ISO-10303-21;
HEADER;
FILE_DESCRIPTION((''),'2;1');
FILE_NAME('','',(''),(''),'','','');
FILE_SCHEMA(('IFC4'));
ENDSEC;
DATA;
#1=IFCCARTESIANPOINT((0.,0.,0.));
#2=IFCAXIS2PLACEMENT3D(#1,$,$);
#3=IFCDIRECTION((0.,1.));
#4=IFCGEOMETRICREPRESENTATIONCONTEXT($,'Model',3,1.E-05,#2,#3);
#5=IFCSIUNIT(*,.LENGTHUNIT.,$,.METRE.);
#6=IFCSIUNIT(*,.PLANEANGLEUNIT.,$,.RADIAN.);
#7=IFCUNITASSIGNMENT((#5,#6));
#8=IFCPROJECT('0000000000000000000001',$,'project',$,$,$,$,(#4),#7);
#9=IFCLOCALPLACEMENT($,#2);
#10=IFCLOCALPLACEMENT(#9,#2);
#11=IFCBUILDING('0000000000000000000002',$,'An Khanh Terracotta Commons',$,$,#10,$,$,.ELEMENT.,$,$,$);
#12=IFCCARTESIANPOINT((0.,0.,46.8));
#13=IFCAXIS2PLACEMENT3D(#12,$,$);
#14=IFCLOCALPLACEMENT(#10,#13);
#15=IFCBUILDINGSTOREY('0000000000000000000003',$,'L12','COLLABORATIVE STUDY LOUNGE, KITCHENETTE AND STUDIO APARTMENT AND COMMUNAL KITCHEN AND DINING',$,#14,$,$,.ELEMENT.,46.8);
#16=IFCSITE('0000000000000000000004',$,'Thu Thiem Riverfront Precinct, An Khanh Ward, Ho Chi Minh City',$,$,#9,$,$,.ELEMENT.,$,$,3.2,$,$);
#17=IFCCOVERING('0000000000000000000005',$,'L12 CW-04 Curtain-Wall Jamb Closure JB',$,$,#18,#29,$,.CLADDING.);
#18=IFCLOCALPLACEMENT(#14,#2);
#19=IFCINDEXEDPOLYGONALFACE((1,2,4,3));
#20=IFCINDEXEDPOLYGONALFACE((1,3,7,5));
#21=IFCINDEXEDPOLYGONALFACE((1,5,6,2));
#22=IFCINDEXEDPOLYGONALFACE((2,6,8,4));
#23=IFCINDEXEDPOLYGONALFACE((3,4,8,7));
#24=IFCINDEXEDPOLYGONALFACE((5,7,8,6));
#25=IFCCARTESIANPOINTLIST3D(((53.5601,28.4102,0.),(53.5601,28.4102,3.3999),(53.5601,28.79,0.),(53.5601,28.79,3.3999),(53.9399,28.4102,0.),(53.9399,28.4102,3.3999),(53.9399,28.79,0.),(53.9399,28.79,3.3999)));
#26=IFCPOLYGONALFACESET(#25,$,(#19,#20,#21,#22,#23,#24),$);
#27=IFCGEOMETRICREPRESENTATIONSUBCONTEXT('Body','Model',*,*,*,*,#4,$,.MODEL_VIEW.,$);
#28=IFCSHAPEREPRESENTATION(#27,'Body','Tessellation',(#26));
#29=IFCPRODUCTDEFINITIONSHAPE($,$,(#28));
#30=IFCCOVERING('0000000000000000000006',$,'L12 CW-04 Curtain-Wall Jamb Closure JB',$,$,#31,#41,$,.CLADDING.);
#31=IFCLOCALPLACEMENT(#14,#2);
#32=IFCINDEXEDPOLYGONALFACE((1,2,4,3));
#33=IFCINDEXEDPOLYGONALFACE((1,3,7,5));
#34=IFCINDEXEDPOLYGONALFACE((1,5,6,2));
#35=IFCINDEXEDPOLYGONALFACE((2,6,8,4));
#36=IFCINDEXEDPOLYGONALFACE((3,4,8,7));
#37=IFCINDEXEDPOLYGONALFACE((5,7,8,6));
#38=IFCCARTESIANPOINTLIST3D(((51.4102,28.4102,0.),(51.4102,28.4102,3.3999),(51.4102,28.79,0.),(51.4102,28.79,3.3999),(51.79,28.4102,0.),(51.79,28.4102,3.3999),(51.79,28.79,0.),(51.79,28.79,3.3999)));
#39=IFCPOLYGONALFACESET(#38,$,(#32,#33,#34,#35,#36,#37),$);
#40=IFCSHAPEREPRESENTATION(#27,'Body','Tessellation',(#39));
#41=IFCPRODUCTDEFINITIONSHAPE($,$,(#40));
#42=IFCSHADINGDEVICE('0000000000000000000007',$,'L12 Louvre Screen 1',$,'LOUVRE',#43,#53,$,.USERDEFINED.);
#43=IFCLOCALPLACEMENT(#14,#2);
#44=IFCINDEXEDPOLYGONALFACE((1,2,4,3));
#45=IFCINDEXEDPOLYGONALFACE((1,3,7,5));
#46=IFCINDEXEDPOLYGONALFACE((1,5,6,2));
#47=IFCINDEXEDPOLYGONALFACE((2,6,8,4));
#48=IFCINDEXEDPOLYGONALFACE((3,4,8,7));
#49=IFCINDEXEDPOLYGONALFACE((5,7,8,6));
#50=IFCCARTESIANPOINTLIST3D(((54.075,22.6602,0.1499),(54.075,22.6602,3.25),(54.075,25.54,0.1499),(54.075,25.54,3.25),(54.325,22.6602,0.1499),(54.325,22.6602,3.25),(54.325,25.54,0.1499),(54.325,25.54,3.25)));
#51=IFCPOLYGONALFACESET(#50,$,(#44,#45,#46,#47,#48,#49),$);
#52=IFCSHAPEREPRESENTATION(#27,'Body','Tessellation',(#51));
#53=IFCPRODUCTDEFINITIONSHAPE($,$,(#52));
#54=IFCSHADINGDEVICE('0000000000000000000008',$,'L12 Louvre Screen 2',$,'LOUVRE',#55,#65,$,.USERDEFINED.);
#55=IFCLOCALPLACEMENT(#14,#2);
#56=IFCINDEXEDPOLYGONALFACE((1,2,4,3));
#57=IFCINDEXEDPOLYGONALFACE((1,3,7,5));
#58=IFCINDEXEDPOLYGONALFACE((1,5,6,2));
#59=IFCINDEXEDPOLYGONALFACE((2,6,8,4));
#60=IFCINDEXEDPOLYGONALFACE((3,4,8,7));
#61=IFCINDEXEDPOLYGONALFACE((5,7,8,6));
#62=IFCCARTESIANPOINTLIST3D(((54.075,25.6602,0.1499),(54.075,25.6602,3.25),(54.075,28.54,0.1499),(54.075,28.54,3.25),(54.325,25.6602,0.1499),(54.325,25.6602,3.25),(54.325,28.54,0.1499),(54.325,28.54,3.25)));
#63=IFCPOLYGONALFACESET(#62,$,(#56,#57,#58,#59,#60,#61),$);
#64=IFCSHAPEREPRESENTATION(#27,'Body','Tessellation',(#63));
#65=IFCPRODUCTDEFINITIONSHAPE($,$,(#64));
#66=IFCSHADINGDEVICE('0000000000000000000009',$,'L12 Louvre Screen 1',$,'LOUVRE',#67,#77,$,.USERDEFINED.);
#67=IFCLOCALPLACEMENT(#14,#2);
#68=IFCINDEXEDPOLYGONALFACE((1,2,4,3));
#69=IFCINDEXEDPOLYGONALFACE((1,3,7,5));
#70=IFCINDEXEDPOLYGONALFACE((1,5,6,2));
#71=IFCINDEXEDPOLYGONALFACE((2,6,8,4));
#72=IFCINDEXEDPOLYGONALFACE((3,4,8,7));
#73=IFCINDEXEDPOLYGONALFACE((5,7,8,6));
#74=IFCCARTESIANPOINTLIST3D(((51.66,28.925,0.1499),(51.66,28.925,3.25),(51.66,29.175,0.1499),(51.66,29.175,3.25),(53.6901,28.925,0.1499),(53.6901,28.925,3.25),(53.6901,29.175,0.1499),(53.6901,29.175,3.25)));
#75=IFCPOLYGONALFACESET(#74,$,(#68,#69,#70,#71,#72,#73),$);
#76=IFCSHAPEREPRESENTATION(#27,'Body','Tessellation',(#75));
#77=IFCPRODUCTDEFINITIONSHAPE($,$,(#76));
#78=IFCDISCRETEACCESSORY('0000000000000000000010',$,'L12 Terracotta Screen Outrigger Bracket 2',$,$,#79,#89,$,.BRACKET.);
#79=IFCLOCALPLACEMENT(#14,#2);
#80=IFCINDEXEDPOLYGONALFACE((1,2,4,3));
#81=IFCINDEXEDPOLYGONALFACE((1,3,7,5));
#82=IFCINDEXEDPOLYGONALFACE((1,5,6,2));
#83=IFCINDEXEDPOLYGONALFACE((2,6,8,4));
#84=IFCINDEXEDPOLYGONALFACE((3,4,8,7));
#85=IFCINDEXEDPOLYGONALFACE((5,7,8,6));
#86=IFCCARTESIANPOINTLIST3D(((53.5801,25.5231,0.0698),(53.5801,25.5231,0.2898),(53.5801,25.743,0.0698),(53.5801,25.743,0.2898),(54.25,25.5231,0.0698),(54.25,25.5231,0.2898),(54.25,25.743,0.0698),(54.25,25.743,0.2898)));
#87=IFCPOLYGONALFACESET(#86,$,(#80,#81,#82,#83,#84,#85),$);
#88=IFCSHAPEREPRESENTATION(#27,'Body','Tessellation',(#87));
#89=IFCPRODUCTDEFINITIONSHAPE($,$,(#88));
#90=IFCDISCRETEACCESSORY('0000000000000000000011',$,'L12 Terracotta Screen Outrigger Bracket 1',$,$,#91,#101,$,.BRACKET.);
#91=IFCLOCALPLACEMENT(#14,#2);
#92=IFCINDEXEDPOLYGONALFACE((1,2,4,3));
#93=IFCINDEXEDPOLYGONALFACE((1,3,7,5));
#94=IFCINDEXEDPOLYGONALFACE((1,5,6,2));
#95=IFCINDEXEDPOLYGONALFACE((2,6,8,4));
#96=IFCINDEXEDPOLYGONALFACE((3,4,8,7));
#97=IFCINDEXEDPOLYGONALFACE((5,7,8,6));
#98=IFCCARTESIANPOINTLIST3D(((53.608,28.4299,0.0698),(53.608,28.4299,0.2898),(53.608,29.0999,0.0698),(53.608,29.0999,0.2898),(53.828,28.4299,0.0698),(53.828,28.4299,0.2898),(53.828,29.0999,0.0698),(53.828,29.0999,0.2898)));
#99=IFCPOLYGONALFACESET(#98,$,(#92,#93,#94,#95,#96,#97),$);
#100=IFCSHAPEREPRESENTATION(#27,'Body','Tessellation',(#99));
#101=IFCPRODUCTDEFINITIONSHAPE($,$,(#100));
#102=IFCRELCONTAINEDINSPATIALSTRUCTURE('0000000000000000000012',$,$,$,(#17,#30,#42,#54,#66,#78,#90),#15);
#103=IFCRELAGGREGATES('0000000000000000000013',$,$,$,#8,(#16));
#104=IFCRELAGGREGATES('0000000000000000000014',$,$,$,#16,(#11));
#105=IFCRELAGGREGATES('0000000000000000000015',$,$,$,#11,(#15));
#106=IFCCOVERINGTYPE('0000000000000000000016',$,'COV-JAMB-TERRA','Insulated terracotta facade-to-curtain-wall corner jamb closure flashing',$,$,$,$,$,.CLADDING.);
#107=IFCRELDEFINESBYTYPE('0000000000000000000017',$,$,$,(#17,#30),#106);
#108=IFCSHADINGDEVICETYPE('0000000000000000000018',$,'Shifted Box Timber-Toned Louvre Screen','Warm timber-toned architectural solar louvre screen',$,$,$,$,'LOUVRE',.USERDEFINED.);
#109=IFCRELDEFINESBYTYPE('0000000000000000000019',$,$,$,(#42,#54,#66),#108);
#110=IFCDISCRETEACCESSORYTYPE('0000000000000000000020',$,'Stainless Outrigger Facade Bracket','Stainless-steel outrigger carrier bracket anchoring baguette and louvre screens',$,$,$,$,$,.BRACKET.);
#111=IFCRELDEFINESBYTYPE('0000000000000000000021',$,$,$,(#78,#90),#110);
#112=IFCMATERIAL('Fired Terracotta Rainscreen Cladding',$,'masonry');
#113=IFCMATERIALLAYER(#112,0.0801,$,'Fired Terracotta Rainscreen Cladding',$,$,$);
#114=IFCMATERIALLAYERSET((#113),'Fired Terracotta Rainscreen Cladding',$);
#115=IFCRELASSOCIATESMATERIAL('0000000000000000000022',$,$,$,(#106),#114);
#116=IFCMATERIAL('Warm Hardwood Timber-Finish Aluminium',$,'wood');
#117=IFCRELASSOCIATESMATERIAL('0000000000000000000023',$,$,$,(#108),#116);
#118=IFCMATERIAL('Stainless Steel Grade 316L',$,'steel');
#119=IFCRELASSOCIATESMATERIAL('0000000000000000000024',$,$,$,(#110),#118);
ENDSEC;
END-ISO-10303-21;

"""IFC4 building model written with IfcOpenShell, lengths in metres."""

from ifc_helpers import new_model, si_unit, direction, frame, origin, origin_2d, place, context, subcontext, project, spatial, rectangle, extrude, material, layer, layer_set, type_object, element, save


model = new_model("IFC4")

# Units and contexts
model_context = context("Model", 3, precision=1e-05, world=origin(), true_north=direction((0.0, 1.0)))
body_context = subcontext(model_context, "Body", "Model", "MODEL_VIEW")
ifc_project = project(units=[si_unit("LENGTHUNIT", "METRE"), si_unit("PLANEANGLEUNIT", "RADIAN")], contexts=[model_context])

# Site, building, storey
site_placement = place(None, origin())
site = spatial("IfcSite", under=ifc_project, at=site_placement, Name="Thu Thiem Riverfront Precinct, An Khanh Ward, Ho Chi Minh City", CompositionType="ELEMENT", RefElevation=3.2)
building_placement = place(site_placement, origin())
building = spatial("IfcBuilding", under=site, at=building_placement, Name="An Khanh Terracotta Commons", CompositionType="ELEMENT")
storey_placement = place(building_placement, frame((0.0, 0.0, 46.8)))
storey = spatial("IfcBuildingStorey", under=building, at=storey_placement, Name="L12", Description="COLLABORATIVE STUDY LOUNGE, KITCHENETTE AND STUDIO APARTMENT AND COMMUNAL KITCHEN AND DINING", CompositionType="ELEMENT", Elevation=46.8)

# Coverings
ifc_material_1 = material(Name="Fired Terracotta Rainscreen Cladding", Category="masonry")
ifc_layer_1 = layer(ifc_material_1, 0.0801, Name="Fired Terracotta Rainscreen Cladding")
ifc_layer_set_1 = layer_set([ifc_layer_1], Name="Fired Terracotta Rainscreen Cladding")
covering_type = type_object("IfcCoveringType", Name="COV-JAMB-TERRA", Description="Insulated terracotta facade-to-curtain-wall corner jamb closure flashing", PredefinedType="CLADDING", material=ifc_layer_set_1)
for number, where, z_axis, x_axis, name in (
    (1, (53.75, 28.6001, 0.0), (0.0, 0.0, 1.0), (1.0, 0.0, 0.0), "L12 CW-04 Curtain-Wall Jamb Closure JB"),
    (2, (51.6001, 28.6001, 0.0), (0.0, 0.0, 1.0), (1.0, 0.0, 0.0), "L12 CW-04 Curtain-Wall Jamb Closure JB"),
):
    element("IfcCovering", number, at=place(storey_placement, frame(where, z_axis=z_axis, x_axis=x_axis)), inside=storey, type_object=covering_type, Name=name, PredefinedType="CLADDING", context=body_context, shape_type="SweptSolid", body=[
        extrude(rectangle(XDim=0.3799, YDim=0.3799, at=origin_2d()), origin(), (0.0, 0.0, 1.0), 3.3999),
    ])

# Shading devices
ifc_material_2 = material(Name="Warm Hardwood Timber-Finish Aluminium", Category="wood")
shading_device_type = type_object("IfcShadingDeviceType", Name="Shifted Box Timber-Toned Louvre Screen", Description="Warm timber-toned architectural solar louvre screen", ElementType="LOUVRE", PredefinedType="USERDEFINED", material=ifc_material_2)
for number, where, z_axis, x_axis, name in (
    (3, (54.2, 24.1001, 0.1499), (0.0, 0.0, 1.0), (0.0, 1.0, 0.0), "L12 Louvre Screen 1"),
    (4, (54.2, 27.1001, 0.1499), (0.0, 0.0, 1.0), (0.0, 1.0, 0.0), "L12 Louvre Screen 2"),
):
    element("IfcShadingDevice", number, at=place(storey_placement, frame(where, z_axis=z_axis, x_axis=x_axis)), inside=storey, type_object=shading_device_type, Name=name, ObjectType="LOUVRE", PredefinedType="USERDEFINED", context=body_context, shape_type="SweptSolid", body=[
        extrude(rectangle(XDim=2.8799, YDim=0.25, at=origin_2d()), origin(), (0.0, 0.0, 1.0), 3.1001),
    ])
shading_device_placement = place(storey_placement, frame((52.675, 29.05, 0.1499), z_axis=(0.0, 0.0, 1.0), x_axis=(-1.0, 0.0, 0.0)))
element("IfcShadingDevice", 5, at=shading_device_placement, inside=storey, type_object=shading_device_type, Name="L12 Louvre Screen 1", ObjectType="LOUVRE", PredefinedType="USERDEFINED", context=body_context, shape_type="SweptSolid", body=[
    extrude(rectangle(XDim=2.03, YDim=0.25, at=origin_2d()), origin(), (0.0, 0.0, 1.0), 3.1001),
])

# Discrete accessories
ifc_material_3 = material(Name="Stainless Steel Grade 316L", Category="steel")
discrete_accessory_type = type_object("IfcDiscreteAccessoryType", Name="Stainless Outrigger Facade Bracket", Description="Stainless-steel outrigger carrier bracket anchoring baguette and louvre screens", PredefinedType="BRACKET", material=ifc_material_3)
for number, where, z_axis, x_axis, name in (
    (6, (53.915, 25.6331, 0.0698), (0.0, 0.0, 1.0), (0.0, 1.0, 0.0), "L12 Terracotta Screen Outrigger Bracket 2"),
    (7, (53.718, 28.7649, 0.0698), (0.0, 0.0, 1.0), (-1.0, 0.0, 0.0), "L12 Terracotta Screen Outrigger Bracket 1"),
):
    element("IfcDiscreteAccessory", number, at=place(storey_placement, frame(where, z_axis=z_axis, x_axis=x_axis)), inside=storey, type_object=discrete_accessory_type, Name=name, PredefinedType="BRACKET", context=body_context, shape_type="SweptSolid", body=[
        extrude(rectangle(XDim=0.22, YDim=0.6699, at=origin_2d()), origin(), (0.0, 0.0, 1.0), 0.22),
    ])

save(model, "model.ifc")
